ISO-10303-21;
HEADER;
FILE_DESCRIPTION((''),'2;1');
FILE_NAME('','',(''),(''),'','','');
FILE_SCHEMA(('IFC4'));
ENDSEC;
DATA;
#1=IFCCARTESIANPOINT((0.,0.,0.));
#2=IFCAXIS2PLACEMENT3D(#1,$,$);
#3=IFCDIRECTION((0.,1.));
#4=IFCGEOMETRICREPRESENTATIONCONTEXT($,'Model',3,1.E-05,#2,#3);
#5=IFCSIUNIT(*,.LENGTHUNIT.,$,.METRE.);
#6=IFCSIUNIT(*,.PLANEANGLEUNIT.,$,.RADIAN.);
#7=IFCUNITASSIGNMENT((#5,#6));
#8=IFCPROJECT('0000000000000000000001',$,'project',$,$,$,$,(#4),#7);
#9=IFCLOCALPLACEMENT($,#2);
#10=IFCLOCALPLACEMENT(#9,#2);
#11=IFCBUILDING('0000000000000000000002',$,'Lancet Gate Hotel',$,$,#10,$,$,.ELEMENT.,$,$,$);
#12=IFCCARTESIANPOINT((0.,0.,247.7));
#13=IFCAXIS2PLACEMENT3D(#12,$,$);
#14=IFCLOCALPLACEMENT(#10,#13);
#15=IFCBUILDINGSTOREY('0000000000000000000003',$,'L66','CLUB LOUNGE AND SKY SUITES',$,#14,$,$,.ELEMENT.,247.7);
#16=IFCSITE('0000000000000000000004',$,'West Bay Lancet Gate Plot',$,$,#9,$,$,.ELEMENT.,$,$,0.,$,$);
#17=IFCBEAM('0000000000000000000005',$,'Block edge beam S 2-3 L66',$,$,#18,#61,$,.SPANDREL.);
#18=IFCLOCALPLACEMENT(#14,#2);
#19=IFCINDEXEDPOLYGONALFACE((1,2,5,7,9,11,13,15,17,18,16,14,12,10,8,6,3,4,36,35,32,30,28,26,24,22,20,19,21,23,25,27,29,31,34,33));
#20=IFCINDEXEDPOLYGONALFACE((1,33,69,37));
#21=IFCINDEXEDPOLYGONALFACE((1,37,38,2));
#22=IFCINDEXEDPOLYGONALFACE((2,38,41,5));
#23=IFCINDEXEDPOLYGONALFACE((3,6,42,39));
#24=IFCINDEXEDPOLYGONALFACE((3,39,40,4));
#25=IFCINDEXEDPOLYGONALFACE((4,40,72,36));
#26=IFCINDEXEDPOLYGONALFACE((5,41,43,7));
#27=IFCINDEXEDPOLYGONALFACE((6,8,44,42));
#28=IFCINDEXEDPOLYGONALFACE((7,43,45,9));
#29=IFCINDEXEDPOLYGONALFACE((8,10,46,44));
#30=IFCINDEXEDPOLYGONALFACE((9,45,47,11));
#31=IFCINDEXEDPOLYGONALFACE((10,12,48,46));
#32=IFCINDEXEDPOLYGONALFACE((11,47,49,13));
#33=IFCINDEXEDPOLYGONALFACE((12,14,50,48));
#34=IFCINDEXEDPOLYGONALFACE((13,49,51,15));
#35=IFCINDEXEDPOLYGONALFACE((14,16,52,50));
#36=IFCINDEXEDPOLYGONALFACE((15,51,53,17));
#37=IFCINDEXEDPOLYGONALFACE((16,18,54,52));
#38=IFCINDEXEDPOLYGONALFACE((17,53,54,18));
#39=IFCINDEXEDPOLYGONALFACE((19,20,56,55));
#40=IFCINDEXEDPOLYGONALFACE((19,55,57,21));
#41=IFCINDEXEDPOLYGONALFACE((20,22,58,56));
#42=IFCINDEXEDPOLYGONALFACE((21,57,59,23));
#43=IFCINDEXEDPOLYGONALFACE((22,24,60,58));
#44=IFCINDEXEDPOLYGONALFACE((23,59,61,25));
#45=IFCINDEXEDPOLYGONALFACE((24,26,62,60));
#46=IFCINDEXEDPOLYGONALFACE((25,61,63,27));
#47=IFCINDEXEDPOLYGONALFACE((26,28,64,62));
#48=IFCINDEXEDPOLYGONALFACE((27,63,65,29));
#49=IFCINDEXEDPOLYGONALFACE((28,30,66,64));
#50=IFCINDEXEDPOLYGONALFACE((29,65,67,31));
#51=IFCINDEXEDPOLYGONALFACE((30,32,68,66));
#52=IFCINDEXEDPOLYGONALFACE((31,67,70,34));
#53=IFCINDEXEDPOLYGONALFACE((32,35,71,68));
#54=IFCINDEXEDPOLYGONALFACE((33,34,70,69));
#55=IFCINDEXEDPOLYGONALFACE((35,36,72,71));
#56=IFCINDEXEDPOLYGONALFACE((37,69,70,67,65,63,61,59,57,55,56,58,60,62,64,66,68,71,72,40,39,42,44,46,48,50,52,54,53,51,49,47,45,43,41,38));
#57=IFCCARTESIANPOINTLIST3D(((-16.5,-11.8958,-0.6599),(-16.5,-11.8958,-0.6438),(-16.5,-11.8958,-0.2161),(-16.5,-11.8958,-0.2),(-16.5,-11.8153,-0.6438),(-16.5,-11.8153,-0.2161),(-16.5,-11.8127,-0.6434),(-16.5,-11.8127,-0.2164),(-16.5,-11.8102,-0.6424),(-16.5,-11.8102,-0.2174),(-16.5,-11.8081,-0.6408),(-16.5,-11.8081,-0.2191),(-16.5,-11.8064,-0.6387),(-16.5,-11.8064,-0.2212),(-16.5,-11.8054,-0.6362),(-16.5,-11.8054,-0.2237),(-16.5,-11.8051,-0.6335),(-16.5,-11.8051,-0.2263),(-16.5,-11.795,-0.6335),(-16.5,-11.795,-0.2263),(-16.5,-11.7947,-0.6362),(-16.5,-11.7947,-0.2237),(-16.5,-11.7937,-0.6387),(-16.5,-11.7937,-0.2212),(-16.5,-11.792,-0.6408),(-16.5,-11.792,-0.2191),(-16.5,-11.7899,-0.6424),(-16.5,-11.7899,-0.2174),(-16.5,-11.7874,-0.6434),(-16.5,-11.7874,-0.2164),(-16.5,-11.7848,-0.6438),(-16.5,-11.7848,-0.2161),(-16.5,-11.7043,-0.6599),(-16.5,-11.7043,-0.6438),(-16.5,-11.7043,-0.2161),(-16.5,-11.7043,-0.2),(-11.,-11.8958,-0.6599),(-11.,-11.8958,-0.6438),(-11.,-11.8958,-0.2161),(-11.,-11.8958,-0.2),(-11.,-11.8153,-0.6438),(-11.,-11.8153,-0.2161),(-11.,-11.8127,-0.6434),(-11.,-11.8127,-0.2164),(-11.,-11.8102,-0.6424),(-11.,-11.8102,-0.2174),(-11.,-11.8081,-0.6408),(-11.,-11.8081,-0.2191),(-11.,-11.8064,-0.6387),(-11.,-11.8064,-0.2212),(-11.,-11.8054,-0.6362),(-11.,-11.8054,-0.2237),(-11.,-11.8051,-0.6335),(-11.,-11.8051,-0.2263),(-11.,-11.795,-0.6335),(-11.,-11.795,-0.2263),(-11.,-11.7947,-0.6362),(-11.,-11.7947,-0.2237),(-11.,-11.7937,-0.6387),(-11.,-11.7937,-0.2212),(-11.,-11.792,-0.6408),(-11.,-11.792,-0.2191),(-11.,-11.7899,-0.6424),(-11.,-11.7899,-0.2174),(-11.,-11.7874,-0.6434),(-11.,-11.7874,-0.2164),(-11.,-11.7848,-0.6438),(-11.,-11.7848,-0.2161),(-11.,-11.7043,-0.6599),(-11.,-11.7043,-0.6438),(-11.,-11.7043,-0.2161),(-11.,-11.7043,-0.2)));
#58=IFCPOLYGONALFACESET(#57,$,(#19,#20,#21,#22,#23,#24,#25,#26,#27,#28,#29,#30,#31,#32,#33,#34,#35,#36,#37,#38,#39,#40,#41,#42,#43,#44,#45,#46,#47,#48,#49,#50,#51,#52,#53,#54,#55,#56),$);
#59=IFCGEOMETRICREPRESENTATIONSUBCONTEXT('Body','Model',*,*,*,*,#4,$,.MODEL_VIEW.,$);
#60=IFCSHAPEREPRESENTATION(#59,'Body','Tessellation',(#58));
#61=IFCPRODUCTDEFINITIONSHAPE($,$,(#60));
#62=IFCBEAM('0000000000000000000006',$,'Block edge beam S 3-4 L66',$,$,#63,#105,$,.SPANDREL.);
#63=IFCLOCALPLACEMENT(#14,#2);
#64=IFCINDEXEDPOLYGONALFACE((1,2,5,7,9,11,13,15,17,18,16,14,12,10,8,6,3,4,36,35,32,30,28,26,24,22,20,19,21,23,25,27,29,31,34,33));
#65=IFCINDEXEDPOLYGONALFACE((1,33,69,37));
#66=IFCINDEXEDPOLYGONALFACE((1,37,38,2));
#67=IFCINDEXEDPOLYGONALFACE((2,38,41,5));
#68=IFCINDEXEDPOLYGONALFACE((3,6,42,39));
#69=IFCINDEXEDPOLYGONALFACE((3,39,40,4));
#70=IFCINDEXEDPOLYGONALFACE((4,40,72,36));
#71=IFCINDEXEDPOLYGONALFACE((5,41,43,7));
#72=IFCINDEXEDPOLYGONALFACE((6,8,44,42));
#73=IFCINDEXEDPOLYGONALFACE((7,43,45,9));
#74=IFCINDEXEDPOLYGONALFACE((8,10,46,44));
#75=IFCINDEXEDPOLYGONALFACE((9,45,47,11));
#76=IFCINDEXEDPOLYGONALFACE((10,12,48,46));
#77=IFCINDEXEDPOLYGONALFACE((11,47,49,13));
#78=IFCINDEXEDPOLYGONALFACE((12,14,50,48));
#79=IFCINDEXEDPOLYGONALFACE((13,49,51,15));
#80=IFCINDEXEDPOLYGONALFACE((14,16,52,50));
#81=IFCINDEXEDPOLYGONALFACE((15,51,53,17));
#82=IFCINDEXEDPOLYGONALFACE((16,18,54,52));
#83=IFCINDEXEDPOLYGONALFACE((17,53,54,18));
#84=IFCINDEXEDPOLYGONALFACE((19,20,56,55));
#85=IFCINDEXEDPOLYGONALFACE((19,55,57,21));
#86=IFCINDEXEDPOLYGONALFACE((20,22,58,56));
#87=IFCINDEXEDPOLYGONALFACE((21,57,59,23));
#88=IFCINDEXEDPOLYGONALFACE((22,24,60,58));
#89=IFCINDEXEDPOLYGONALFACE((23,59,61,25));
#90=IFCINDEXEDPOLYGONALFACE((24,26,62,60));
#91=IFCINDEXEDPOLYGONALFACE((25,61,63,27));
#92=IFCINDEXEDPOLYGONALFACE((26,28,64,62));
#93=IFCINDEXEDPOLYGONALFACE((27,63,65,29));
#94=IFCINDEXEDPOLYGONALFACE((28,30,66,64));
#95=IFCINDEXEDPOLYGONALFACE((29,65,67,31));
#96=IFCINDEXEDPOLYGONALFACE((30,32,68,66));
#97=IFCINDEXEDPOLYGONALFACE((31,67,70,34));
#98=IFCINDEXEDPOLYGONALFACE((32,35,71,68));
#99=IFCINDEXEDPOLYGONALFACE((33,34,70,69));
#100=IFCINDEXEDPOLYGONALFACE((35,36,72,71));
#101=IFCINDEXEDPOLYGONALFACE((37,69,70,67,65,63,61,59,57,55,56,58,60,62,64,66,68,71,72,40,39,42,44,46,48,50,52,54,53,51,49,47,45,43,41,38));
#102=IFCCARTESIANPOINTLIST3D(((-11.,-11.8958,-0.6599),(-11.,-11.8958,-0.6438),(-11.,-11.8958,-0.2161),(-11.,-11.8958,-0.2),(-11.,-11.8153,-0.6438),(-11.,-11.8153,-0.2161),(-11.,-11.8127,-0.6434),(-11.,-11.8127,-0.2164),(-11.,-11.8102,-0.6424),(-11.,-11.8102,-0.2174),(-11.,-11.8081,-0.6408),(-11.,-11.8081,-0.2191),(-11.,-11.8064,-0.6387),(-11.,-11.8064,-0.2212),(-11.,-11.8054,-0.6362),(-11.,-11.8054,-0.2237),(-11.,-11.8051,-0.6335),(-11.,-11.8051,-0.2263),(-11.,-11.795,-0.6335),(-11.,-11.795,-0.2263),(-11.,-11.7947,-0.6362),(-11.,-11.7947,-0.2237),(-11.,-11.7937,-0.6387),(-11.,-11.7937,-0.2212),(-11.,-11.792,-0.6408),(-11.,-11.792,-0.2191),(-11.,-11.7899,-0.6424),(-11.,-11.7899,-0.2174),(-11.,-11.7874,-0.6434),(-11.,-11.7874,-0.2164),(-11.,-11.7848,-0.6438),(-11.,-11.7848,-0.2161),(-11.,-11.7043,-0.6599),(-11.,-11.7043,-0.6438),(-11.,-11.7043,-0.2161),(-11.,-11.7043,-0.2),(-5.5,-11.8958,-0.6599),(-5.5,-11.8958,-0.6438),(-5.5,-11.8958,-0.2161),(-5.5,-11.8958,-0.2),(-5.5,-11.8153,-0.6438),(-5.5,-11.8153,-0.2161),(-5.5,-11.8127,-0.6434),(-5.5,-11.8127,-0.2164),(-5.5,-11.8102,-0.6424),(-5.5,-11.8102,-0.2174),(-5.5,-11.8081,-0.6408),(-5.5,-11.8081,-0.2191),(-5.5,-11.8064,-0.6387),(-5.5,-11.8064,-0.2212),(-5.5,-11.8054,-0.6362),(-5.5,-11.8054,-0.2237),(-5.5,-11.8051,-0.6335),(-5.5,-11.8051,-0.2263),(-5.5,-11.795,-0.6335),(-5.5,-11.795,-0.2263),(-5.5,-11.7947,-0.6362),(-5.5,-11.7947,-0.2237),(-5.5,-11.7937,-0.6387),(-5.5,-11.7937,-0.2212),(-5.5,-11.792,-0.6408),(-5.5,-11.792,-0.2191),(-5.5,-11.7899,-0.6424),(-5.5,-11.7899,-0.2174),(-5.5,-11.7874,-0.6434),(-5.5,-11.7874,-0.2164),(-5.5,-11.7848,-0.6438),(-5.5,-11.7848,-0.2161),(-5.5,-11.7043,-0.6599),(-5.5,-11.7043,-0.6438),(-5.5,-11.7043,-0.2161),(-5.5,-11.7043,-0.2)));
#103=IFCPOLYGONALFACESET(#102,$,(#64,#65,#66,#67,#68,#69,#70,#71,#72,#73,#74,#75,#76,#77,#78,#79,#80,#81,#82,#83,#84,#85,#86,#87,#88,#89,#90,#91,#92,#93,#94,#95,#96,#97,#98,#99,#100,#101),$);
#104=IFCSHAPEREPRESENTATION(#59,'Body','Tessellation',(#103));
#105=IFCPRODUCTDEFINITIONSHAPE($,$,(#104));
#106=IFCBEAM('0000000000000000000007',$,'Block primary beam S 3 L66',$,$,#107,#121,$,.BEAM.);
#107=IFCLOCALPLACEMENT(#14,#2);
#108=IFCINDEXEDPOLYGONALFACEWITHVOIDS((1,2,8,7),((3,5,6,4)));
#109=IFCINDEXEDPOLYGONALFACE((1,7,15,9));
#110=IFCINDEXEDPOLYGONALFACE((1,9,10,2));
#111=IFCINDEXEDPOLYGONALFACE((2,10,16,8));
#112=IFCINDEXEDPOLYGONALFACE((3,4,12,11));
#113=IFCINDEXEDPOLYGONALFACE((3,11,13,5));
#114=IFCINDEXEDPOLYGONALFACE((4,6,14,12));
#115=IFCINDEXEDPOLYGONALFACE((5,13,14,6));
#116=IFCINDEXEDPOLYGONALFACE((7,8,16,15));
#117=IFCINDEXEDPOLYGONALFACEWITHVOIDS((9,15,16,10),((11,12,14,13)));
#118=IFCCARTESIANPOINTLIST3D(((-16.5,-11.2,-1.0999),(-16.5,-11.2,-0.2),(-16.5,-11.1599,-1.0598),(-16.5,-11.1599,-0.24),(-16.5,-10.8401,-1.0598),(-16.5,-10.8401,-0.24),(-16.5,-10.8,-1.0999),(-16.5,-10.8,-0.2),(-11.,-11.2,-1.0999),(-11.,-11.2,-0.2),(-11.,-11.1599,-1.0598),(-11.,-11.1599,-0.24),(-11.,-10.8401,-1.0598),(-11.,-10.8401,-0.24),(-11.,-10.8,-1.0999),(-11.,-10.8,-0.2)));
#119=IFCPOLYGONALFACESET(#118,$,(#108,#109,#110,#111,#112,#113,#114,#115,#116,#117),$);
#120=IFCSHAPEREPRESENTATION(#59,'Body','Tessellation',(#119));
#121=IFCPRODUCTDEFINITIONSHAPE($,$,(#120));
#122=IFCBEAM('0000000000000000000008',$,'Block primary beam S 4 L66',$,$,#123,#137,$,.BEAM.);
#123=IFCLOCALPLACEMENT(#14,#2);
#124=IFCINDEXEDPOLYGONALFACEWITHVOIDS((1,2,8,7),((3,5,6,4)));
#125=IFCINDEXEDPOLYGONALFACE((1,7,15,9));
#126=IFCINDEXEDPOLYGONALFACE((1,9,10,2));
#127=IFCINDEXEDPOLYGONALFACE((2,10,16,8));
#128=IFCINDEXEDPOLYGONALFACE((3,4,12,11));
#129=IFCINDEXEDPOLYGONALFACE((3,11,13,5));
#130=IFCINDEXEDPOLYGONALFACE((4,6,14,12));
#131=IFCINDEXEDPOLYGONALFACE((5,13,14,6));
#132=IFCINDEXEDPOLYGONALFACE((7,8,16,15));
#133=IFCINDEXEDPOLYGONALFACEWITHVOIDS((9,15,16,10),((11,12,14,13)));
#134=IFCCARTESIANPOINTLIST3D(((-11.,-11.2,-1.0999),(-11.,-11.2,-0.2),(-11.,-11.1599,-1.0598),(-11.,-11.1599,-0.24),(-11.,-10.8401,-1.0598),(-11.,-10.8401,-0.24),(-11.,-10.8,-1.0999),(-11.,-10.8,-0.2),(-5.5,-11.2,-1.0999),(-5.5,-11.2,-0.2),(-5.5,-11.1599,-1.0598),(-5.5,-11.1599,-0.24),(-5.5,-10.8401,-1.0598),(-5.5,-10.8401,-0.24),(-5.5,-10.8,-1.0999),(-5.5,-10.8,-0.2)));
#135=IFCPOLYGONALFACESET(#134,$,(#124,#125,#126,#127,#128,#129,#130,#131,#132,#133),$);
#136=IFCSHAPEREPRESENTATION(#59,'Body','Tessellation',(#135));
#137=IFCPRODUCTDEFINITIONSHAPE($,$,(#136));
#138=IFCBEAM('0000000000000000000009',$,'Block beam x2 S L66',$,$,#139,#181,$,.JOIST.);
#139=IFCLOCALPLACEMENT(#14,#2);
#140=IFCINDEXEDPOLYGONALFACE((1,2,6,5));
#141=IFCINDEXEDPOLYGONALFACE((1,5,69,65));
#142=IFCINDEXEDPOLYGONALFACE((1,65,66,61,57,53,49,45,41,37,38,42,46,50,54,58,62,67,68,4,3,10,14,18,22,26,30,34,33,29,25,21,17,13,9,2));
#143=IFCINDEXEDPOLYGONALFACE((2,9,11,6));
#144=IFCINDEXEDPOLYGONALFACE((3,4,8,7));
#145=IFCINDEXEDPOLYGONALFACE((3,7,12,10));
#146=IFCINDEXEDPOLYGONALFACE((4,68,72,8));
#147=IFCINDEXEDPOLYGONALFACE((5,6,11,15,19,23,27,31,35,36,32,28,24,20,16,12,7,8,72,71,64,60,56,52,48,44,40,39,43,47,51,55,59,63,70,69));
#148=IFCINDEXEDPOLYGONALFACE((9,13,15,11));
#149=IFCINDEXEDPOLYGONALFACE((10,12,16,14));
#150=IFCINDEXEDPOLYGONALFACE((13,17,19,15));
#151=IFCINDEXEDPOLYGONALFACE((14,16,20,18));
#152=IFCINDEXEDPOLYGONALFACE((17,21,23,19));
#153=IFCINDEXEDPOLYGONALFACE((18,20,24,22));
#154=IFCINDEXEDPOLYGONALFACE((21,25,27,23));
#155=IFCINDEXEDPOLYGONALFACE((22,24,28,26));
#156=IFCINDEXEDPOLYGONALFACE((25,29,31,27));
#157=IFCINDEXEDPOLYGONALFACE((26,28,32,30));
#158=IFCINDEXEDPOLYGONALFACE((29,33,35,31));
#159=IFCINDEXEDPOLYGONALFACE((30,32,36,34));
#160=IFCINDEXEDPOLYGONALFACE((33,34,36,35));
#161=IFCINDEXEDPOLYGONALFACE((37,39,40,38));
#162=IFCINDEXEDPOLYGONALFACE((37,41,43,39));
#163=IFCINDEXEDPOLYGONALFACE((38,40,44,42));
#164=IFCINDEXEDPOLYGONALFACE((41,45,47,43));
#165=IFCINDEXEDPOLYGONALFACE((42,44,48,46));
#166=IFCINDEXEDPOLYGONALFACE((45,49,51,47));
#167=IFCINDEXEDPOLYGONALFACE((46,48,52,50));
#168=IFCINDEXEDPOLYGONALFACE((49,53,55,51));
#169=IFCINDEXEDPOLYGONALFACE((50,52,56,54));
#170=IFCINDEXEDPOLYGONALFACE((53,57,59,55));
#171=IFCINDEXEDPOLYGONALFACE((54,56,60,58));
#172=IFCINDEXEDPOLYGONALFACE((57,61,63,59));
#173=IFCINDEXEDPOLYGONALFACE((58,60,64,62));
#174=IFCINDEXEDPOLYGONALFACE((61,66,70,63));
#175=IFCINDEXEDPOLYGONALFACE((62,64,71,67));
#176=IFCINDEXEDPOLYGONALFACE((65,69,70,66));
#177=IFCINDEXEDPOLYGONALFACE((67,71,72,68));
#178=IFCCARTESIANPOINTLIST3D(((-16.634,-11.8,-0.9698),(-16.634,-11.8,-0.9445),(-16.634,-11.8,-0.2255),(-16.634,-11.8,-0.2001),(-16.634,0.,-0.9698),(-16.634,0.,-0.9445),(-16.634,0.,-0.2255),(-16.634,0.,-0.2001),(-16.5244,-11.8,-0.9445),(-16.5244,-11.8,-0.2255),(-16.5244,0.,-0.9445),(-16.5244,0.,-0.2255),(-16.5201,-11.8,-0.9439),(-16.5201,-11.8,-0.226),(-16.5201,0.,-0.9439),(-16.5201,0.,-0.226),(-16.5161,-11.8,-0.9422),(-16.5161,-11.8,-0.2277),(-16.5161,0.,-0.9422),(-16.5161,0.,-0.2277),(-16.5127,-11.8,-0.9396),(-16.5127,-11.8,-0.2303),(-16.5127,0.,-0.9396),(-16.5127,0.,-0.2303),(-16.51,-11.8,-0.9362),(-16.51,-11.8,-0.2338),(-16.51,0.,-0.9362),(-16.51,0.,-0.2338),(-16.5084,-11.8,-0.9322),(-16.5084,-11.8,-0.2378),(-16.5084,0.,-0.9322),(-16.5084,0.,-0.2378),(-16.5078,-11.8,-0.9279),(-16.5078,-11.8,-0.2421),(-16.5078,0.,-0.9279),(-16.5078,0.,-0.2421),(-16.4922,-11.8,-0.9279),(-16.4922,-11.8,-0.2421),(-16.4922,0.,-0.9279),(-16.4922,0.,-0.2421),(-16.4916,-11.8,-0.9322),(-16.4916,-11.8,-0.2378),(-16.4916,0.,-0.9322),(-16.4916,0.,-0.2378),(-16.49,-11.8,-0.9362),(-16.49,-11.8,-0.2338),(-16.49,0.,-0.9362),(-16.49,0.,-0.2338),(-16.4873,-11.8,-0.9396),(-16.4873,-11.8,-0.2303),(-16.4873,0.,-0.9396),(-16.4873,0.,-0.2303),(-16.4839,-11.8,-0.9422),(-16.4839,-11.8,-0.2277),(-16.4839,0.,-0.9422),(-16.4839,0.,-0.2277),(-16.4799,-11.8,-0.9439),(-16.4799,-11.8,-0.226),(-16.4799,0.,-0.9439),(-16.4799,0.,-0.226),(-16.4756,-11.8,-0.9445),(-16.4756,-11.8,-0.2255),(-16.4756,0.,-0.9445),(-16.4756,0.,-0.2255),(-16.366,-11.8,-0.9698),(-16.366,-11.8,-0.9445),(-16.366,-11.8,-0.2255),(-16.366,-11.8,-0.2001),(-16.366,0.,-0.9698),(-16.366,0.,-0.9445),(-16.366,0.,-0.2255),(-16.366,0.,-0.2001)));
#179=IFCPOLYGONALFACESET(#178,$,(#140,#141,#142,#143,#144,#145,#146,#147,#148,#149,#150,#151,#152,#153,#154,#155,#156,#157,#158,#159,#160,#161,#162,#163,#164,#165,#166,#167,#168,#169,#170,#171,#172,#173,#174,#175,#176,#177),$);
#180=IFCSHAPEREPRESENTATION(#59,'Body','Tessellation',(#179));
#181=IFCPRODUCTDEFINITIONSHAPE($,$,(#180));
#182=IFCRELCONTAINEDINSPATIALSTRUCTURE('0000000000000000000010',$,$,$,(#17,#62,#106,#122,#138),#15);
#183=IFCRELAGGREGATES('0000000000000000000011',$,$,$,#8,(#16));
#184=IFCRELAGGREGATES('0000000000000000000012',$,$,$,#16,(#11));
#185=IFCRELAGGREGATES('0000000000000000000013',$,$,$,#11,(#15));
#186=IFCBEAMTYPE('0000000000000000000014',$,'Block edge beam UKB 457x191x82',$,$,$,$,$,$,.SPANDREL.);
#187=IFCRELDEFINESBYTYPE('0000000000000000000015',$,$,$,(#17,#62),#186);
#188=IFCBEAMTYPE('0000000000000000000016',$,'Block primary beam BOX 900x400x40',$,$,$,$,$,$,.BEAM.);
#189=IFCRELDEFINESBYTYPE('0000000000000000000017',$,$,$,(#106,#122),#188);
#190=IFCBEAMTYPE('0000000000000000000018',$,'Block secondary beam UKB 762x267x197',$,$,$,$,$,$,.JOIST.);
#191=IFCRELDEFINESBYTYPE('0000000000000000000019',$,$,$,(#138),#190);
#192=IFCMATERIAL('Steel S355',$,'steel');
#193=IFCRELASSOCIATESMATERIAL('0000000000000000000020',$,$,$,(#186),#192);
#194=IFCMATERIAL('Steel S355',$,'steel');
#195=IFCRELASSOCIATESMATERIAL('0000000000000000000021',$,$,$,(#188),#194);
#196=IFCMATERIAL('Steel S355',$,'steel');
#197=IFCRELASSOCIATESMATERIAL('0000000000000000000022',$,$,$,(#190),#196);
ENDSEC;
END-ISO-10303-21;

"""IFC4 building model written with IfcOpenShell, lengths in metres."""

from ifc_helpers import new_model, si_unit, direction, frame, origin, origin_2d, place, context, subcontext, project, spatial, hollow_rectangle, i_section, extrude, material, material_profile, profile_set, type_object, element, save


model = new_model("IFC4")

# Units and contexts
model_context = context("Model", 3, precision=1e-05, world=origin(), true_north=direction((0.0, 1.0)))
body_context = subcontext(model_context, "Body", "Model", "MODEL_VIEW")
ifc_project = project(units=[si_unit("LENGTHUNIT", "METRE"), si_unit("PLANEANGLEUNIT", "RADIAN")], contexts=[model_context])

# Site, building, storey
site_placement = place(None, origin())
site = spatial("IfcSite", under=ifc_project, at=site_placement, Name="West Bay Lancet Gate Plot", CompositionType="ELEMENT", RefElevation=0.0)
building_placement = place(site_placement, origin())
building = spatial("IfcBuilding", under=site, at=building_placement, Name="Lancet Gate Hotel", CompositionType="ELEMENT")
storey_placement = place(building_placement, frame((0.0, 0.0, 247.7)))
storey = spatial("IfcBuildingStorey", under=building, at=storey_placement, Name="L66", Description="CLUB LOUNGE AND SKY SUITES", CompositionType="ELEMENT", Elevation=247.7)

# Beams
ifc_material_1 = material(Name="Steel S355", Category="steel")
ifc_material_profile_1 = material_profile(ifc_material_1, i_section(OverallWidth=0.1914, OverallDepth=0.46, WebThickness=0.01, FlangeThickness=0.0161, FilletRadius=0.0103, at=origin_2d()), Name="UKB 457x191x82")
ifc_profile_set_1 = profile_set([ifc_material_profile_1], Name="Steel S355")
beam_type_1 = type_object("IfcBeamType", Name="Block edge beam UKB 457x191x82", PredefinedType="SPANDREL", material=ifc_profile_set_1)
for number, where, z_axis, x_axis, name in (
    (1, (-16.5, -11.8, -0.4299), (1.0, 0.0, 0.0), (0.0, 1.0, 0.0), "Block edge beam S 2-3 L66"),
    (2, (-11.0, -11.8, -0.4299), (1.0, 0.0, 0.0), (0.0, 1.0, 0.0), "Block edge beam S 3-4 L66"),
):
    element("IfcBeam", number, at=place(storey_placement, frame(where, z_axis=z_axis, x_axis=x_axis)), inside=storey, type_object=beam_type_1, Name=name, PredefinedType="SPANDREL", context=body_context, shape_type="SweptSolid", body=[
        extrude(i_section(OverallWidth=0.1914, OverallDepth=0.46, WebThickness=0.01, FlangeThickness=0.0161, FilletRadius=0.0103, at=origin_2d()), origin(), (0.0, 0.0, 1.0), 5.5),
    ])
ifc_material_2 = material(Name="Steel S355", Category="steel")
ifc_material_profile_2 = material_profile(ifc_material_2, hollow_rectangle(XDim=0.3999, YDim=0.8999, WallThickness=0.04, at=origin_2d()), Name="BOX 900x400x40")
ifc_profile_set_2 = profile_set([ifc_material_profile_2], Name="Steel S355")
beam_type_2 = type_object("IfcBeamType", Name="Block primary beam BOX 900x400x40", PredefinedType="BEAM", material=ifc_profile_set_2)
for number, where, z_axis, x_axis, name in (
    (3, (-16.5, -11.0, -0.6499), (1.0, 0.0, 0.0), (0.0, 1.0, 0.0), "Block primary beam S 3 L66"),
    (4, (-11.0, -11.0, -0.6499), (1.0, 0.0, 0.0), (0.0, 1.0, 0.0), "Block primary beam S 4 L66"),
):
    element("IfcBeam", number, at=place(storey_placement, frame(where, z_axis=z_axis, x_axis=x_axis)), inside=storey, type_object=beam_type_2, Name=name, PredefinedType="BEAM", context=body_context, shape_type="SweptSolid", body=[
        extrude(hollow_rectangle(XDim=0.3999, YDim=0.8999, WallThickness=0.04, at=origin_2d()), origin(), (0.0, 0.0, 1.0), 5.5),
    ])
ifc_material_3 = material(Name="Steel S355", Category="steel")
ifc_material_profile_3 = material_profile(ifc_material_3, i_section(OverallWidth=0.2681, OverallDepth=0.7698, WebThickness=0.0156, FlangeThickness=0.0254, FilletRadius=0.0166, at=origin_2d()), Name="UKB 762x267x197")
ifc_profile_set_3 = profile_set([ifc_material_profile_3], Name="Steel S355")
beam_type_3 = type_object("IfcBeamType", Name="Block secondary beam UKB 762x267x197", PredefinedType="JOIST", material=ifc_profile_set_3)
for number, where, z_axis, x_axis, name in (
    (5, (-16.5, -11.8, -0.585), (0.0, 1.0, 0.0), (-1.0, 0.0, 0.0), "Block beam x2 S L66"),
):
    element("IfcBeam", number, at=place(storey_placement, frame(where, z_axis=z_axis, x_axis=x_axis)), inside=storey, type_object=beam_type_3, Name=name, PredefinedType="JOIST", context=body_context, shape_type="SweptSolid", body=[
        extrude(i_section(OverallWidth=0.2681, OverallDepth=0.7698, WebThickness=0.0156, FlangeThickness=0.0254, FilletRadius=0.0166, at=origin_2d()), origin(), (0.0, 0.0, 1.0), 11.8),
    ])

save(model, "model.ifc")
